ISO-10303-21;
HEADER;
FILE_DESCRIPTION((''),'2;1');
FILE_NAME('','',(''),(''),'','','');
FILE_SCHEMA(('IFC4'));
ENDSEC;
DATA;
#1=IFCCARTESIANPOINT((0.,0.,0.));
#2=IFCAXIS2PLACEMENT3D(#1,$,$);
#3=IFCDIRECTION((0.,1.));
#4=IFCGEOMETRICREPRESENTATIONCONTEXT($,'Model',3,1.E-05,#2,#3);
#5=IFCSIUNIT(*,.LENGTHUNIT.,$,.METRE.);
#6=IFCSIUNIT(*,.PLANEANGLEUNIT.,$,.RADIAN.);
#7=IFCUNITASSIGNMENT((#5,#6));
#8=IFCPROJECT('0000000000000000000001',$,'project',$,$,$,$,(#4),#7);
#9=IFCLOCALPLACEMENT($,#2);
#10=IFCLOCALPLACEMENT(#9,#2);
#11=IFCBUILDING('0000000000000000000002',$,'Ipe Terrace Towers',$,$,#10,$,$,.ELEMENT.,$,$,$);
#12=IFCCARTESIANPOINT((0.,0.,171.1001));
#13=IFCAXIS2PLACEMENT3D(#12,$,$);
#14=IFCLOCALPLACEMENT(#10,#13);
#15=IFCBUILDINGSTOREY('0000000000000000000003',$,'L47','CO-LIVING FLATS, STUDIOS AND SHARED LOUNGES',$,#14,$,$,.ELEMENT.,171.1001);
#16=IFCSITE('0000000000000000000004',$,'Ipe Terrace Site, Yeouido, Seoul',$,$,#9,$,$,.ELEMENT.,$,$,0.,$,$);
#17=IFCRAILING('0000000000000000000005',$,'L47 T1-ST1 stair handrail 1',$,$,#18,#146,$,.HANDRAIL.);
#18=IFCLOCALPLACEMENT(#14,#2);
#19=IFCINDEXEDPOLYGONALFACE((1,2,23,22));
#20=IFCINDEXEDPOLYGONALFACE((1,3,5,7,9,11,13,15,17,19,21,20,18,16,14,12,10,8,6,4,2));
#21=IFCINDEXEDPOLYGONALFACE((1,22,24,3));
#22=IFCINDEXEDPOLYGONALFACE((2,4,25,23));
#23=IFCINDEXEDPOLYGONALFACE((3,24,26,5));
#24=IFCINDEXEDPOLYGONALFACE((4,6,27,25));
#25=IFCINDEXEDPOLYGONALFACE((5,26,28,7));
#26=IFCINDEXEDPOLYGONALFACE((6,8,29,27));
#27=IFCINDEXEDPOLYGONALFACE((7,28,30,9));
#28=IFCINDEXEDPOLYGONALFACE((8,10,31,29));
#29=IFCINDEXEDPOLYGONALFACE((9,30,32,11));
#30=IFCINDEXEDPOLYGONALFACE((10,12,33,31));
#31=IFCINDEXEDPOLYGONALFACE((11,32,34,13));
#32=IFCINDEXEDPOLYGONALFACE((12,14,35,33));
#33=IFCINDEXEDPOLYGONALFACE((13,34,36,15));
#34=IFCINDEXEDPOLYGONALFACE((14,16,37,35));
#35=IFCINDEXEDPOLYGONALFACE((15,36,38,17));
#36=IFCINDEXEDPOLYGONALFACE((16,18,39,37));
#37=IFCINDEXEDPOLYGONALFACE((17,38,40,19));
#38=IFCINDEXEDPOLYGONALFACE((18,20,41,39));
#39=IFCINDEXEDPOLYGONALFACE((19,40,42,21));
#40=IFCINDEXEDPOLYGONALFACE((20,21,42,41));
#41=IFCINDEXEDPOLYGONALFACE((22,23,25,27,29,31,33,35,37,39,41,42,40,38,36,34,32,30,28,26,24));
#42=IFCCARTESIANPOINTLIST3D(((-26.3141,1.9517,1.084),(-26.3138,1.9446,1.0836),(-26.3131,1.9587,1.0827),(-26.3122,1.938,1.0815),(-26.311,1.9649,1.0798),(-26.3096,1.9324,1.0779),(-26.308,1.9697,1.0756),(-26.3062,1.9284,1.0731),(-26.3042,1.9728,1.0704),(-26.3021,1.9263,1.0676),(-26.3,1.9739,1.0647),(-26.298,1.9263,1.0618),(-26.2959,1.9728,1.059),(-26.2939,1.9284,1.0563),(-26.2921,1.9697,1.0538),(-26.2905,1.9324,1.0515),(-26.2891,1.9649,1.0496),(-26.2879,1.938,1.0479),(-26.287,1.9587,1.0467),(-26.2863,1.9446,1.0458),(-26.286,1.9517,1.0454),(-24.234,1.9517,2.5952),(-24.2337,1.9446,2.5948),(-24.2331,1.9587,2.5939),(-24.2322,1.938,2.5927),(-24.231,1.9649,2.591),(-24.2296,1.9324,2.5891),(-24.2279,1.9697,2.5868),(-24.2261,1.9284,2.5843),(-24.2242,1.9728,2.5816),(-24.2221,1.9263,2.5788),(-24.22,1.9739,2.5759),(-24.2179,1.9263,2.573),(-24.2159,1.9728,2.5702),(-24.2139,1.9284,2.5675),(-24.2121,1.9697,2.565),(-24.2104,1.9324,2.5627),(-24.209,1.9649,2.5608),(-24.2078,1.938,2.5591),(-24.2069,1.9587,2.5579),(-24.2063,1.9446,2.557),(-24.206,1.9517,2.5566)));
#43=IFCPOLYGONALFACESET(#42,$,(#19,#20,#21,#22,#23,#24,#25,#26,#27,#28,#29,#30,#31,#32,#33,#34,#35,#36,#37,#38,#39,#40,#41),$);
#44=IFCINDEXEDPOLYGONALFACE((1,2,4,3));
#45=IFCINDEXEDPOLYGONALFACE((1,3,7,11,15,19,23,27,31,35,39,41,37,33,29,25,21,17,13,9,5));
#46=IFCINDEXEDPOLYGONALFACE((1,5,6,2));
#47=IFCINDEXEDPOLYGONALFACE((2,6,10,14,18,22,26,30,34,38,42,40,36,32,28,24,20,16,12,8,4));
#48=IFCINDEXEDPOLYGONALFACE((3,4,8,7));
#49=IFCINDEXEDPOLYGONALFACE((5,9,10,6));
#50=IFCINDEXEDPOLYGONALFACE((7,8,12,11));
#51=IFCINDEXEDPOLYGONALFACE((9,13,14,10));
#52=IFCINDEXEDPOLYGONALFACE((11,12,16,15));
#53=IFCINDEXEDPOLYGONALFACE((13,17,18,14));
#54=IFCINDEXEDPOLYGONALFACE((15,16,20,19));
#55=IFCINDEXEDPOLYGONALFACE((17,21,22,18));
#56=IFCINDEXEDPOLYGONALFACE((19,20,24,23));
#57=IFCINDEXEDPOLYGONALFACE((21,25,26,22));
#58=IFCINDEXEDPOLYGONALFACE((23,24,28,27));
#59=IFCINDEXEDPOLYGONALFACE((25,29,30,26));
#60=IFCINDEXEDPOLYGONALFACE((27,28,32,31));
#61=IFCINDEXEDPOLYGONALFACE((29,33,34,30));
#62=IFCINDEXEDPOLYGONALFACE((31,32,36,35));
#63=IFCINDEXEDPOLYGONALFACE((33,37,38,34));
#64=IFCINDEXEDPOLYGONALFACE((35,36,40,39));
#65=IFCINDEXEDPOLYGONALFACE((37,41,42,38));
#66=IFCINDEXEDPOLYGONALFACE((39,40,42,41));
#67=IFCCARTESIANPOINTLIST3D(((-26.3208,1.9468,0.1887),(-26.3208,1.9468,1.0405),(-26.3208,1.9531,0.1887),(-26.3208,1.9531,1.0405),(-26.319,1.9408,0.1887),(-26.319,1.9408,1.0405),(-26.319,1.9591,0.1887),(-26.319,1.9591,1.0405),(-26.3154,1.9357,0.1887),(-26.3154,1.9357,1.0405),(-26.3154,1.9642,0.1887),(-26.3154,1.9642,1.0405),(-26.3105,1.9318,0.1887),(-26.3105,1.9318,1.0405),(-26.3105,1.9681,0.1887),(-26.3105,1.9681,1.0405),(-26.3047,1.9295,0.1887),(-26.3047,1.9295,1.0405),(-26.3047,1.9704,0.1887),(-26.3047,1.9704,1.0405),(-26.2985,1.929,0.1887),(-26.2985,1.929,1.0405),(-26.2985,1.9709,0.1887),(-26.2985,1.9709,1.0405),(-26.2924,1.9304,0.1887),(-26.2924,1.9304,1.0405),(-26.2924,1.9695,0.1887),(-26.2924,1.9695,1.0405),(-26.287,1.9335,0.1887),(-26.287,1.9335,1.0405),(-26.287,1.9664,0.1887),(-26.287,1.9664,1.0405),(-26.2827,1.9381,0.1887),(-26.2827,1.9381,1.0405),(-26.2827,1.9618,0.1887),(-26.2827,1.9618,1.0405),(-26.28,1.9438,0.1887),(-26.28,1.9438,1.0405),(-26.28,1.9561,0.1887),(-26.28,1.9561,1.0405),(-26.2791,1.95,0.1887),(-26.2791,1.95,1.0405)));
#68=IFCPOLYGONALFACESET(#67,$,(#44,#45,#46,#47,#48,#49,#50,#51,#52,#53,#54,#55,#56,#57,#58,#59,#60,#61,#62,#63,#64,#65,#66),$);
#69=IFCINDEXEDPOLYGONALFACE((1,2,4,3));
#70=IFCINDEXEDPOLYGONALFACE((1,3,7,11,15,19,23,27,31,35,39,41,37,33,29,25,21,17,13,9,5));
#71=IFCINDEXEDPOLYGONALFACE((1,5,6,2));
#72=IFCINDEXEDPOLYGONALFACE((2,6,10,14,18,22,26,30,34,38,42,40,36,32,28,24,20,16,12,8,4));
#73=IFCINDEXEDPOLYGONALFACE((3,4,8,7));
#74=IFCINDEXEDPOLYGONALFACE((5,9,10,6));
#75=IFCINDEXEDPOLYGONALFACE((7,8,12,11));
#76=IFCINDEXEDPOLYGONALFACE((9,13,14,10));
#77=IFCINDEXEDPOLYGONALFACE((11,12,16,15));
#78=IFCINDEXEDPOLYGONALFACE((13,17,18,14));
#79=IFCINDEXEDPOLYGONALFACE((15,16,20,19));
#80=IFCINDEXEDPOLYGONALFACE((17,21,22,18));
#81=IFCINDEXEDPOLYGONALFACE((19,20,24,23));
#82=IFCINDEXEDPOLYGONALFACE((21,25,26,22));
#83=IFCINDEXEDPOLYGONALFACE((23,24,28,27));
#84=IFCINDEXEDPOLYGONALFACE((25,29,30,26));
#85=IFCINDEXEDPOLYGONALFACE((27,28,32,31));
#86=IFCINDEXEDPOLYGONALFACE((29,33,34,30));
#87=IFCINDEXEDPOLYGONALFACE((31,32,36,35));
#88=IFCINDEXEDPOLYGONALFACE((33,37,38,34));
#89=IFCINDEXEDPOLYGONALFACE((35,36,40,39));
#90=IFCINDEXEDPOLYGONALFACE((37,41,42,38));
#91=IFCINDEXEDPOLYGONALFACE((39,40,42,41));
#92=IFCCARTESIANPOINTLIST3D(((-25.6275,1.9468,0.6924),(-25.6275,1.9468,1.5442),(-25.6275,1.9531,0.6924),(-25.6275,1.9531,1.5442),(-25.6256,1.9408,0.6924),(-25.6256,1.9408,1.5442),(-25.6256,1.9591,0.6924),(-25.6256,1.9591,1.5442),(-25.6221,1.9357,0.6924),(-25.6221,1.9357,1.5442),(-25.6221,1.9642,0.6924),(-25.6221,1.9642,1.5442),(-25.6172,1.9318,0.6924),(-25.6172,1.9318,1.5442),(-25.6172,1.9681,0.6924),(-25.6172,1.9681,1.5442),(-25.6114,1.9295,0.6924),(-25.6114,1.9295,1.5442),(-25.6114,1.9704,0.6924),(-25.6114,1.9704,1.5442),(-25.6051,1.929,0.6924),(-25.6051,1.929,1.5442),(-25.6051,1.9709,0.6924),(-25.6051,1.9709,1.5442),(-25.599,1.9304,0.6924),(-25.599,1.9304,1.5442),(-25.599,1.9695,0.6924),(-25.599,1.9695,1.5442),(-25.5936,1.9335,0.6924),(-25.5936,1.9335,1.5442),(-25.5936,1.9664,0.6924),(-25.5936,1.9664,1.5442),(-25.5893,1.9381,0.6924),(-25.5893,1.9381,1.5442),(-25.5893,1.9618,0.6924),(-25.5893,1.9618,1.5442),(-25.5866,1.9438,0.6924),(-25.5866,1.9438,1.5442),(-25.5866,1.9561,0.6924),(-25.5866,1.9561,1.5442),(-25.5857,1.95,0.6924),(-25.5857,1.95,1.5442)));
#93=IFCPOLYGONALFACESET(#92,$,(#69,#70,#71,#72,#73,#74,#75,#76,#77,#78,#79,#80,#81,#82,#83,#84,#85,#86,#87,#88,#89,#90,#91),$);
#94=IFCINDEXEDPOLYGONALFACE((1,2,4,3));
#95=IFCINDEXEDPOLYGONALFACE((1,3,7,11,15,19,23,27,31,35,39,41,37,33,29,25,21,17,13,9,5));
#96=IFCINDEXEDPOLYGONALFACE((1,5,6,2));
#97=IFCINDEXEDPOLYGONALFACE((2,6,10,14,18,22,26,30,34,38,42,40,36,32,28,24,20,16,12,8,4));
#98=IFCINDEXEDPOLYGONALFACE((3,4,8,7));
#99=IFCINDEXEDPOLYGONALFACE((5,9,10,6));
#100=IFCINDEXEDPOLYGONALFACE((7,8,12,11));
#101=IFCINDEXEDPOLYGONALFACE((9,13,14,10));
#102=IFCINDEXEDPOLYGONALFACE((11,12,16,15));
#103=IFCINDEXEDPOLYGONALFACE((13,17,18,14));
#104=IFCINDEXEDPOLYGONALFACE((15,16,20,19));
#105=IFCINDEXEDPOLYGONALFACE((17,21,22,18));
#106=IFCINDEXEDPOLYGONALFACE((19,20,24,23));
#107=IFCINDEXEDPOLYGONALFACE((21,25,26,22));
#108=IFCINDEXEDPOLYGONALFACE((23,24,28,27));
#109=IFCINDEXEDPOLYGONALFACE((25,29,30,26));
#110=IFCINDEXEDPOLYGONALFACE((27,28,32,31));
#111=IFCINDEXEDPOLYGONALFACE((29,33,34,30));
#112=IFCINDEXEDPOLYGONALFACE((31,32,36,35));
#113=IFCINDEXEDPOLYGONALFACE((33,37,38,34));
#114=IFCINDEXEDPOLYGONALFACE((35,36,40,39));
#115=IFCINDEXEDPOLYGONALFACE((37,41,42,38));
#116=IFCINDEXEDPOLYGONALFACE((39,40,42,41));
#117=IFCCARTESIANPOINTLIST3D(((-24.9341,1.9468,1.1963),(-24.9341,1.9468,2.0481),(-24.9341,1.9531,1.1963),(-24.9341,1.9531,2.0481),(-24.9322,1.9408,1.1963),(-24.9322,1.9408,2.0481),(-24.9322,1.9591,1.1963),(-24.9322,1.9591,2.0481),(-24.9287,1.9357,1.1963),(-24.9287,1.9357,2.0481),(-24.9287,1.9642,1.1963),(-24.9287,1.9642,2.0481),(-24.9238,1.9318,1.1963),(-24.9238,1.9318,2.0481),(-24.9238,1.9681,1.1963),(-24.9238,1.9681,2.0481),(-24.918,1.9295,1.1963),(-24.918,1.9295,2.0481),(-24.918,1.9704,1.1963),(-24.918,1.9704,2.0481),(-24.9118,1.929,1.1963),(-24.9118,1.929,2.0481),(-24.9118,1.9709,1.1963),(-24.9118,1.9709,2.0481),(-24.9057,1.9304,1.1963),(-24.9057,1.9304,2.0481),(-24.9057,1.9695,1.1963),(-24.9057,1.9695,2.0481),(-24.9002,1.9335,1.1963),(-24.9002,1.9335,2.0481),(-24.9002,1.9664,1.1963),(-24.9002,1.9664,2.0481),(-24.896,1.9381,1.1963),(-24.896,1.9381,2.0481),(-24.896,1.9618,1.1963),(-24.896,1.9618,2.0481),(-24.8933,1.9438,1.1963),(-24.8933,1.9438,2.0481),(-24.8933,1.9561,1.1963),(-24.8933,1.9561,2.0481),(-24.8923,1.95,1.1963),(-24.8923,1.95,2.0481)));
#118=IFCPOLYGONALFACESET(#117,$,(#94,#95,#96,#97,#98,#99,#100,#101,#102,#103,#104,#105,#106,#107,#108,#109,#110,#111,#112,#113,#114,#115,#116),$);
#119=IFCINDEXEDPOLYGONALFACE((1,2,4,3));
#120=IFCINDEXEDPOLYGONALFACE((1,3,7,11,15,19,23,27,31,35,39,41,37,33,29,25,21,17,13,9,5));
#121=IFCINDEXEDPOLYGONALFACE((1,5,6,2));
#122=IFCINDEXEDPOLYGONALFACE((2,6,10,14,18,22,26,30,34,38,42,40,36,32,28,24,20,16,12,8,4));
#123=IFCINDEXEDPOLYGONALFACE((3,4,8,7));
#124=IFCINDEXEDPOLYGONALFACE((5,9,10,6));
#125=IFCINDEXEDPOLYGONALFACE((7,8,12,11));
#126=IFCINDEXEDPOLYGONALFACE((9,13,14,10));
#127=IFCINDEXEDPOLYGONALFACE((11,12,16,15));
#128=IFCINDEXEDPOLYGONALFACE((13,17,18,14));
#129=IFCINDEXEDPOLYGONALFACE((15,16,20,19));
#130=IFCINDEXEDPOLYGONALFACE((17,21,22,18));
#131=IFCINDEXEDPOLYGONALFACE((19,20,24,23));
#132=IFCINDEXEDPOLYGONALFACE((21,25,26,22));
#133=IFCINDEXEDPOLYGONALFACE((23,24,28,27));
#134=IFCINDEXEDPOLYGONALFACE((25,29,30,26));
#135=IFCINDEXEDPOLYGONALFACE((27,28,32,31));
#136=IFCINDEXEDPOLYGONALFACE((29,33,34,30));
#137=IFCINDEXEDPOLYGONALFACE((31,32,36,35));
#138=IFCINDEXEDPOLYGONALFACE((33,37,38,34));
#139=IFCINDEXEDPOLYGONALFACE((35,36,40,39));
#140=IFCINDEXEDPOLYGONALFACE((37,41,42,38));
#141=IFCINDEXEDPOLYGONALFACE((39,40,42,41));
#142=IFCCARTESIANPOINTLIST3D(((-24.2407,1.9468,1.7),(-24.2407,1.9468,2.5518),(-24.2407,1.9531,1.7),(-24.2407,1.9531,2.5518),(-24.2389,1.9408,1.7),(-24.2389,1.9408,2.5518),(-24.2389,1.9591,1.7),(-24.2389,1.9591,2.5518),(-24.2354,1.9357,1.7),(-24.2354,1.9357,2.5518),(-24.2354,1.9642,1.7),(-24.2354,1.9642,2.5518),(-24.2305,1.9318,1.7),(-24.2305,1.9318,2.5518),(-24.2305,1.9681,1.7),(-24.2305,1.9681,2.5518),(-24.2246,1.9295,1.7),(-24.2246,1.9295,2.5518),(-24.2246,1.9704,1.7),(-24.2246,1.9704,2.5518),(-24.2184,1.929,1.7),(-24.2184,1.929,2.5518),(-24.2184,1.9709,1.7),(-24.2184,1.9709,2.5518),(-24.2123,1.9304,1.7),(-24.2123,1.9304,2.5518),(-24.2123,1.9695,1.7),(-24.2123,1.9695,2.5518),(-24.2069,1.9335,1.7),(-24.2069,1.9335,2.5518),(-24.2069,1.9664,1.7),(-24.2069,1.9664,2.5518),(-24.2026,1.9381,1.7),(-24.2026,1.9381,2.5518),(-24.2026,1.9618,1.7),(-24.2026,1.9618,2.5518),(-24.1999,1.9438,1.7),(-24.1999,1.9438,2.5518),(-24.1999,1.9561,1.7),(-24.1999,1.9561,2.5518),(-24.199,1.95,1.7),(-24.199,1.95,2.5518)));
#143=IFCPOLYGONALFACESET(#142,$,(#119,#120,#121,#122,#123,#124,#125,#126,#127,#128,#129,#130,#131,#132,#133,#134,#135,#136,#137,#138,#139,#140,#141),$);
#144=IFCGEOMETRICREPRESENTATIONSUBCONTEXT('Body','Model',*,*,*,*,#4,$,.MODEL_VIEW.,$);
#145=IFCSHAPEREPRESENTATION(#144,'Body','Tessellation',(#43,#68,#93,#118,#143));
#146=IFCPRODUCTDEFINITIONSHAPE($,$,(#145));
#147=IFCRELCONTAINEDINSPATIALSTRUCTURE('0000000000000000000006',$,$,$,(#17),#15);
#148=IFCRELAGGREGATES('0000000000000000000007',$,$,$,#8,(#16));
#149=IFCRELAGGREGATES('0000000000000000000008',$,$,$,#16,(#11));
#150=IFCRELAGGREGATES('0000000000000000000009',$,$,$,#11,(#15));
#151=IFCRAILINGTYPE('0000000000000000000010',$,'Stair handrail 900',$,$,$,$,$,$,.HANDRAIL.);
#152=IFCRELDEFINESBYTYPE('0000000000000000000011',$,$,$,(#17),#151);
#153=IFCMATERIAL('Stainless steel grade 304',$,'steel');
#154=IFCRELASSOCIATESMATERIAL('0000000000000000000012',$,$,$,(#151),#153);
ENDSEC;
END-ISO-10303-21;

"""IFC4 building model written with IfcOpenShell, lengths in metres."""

from ifc_helpers import new_model, si_unit, direction, frame, origin, origin_2d, place, context, subcontext, project, spatial, circle, extrude, material, type_object, element, save


model = new_model("IFC4")

# Units and contexts
model_context = context("Model", 3, precision=1e-05, world=origin(), true_north=direction((0.0, 1.0)))
body_context = subcontext(model_context, "Body", "Model", "MODEL_VIEW")
ifc_project = project(units=[si_unit("LENGTHUNIT", "METRE"), si_unit("PLANEANGLEUNIT", "RADIAN")], contexts=[model_context])

# Site, building, storey
site_placement = place(None, origin())
site = spatial("IfcSite", under=ifc_project, at=site_placement, Name="Ipe Terrace Site, Yeouido, Seoul", CompositionType="ELEMENT", RefElevation=0.0)
building_placement = place(site_placement, origin())
building = spatial("IfcBuilding", under=site, at=building_placement, Name="Ipe Terrace Towers", CompositionType="ELEMENT")
storey_placement = place(building_placement, frame((0.0, 0.0, 171.1001)))
storey = spatial("IfcBuildingStorey", under=building, at=storey_placement, Name="L47", Description="CO-LIVING FLATS, STUDIOS AND SHARED LOUNGES", CompositionType="ELEMENT", Elevation=171.1001)

# Railing
ifc_material_1 = material(Name="Stainless steel grade 304", Category="steel")
railing_type_1 = type_object("IfcRailingType", Name="Stair handrail 900", PredefinedType="HANDRAIL", material=ifc_material_1)
railing_1_placement = place(storey_placement, frame((-26.3, 1.95, 0.1887)))
element("IfcRailing", 1, at=railing_1_placement, inside=storey, type_object=railing_type_1, Name="L47 T1-ST1 stair handrail 1", PredefinedType="HANDRAIL", context=body_context, shape_type="SweptSolid", body=[
    extrude(circle(Radius=0.0239, at=origin_2d()), frame((0.0, 0.0, 0.876), z_axis=(0.809023, 0.0, 0.587776), x_axis=(0.0, 1.0, 0.0)), (0.0, 0.0, 1.0), 2.571),
    extrude(circle(Radius=0.021, at=origin_2d()), origin(), (0.0, 0.0, 1.0), 0.8518),
    extrude(circle(Radius=0.021, at=origin_2d()), frame((0.6934, 0.0, 0.5037)), (0.0, 0.0, 1.0), 0.8518),
    extrude(circle(Radius=0.021, at=origin_2d()), frame((1.3867, 0.0, 1.0076)), (0.0, 0.0, 1.0), 0.8518),
    extrude(circle(Radius=0.021, at=origin_2d()), frame((2.0801, 0.0, 1.5112)), (0.0, 0.0, 1.0), 0.8518),
])

save(model, "model.ifc")
